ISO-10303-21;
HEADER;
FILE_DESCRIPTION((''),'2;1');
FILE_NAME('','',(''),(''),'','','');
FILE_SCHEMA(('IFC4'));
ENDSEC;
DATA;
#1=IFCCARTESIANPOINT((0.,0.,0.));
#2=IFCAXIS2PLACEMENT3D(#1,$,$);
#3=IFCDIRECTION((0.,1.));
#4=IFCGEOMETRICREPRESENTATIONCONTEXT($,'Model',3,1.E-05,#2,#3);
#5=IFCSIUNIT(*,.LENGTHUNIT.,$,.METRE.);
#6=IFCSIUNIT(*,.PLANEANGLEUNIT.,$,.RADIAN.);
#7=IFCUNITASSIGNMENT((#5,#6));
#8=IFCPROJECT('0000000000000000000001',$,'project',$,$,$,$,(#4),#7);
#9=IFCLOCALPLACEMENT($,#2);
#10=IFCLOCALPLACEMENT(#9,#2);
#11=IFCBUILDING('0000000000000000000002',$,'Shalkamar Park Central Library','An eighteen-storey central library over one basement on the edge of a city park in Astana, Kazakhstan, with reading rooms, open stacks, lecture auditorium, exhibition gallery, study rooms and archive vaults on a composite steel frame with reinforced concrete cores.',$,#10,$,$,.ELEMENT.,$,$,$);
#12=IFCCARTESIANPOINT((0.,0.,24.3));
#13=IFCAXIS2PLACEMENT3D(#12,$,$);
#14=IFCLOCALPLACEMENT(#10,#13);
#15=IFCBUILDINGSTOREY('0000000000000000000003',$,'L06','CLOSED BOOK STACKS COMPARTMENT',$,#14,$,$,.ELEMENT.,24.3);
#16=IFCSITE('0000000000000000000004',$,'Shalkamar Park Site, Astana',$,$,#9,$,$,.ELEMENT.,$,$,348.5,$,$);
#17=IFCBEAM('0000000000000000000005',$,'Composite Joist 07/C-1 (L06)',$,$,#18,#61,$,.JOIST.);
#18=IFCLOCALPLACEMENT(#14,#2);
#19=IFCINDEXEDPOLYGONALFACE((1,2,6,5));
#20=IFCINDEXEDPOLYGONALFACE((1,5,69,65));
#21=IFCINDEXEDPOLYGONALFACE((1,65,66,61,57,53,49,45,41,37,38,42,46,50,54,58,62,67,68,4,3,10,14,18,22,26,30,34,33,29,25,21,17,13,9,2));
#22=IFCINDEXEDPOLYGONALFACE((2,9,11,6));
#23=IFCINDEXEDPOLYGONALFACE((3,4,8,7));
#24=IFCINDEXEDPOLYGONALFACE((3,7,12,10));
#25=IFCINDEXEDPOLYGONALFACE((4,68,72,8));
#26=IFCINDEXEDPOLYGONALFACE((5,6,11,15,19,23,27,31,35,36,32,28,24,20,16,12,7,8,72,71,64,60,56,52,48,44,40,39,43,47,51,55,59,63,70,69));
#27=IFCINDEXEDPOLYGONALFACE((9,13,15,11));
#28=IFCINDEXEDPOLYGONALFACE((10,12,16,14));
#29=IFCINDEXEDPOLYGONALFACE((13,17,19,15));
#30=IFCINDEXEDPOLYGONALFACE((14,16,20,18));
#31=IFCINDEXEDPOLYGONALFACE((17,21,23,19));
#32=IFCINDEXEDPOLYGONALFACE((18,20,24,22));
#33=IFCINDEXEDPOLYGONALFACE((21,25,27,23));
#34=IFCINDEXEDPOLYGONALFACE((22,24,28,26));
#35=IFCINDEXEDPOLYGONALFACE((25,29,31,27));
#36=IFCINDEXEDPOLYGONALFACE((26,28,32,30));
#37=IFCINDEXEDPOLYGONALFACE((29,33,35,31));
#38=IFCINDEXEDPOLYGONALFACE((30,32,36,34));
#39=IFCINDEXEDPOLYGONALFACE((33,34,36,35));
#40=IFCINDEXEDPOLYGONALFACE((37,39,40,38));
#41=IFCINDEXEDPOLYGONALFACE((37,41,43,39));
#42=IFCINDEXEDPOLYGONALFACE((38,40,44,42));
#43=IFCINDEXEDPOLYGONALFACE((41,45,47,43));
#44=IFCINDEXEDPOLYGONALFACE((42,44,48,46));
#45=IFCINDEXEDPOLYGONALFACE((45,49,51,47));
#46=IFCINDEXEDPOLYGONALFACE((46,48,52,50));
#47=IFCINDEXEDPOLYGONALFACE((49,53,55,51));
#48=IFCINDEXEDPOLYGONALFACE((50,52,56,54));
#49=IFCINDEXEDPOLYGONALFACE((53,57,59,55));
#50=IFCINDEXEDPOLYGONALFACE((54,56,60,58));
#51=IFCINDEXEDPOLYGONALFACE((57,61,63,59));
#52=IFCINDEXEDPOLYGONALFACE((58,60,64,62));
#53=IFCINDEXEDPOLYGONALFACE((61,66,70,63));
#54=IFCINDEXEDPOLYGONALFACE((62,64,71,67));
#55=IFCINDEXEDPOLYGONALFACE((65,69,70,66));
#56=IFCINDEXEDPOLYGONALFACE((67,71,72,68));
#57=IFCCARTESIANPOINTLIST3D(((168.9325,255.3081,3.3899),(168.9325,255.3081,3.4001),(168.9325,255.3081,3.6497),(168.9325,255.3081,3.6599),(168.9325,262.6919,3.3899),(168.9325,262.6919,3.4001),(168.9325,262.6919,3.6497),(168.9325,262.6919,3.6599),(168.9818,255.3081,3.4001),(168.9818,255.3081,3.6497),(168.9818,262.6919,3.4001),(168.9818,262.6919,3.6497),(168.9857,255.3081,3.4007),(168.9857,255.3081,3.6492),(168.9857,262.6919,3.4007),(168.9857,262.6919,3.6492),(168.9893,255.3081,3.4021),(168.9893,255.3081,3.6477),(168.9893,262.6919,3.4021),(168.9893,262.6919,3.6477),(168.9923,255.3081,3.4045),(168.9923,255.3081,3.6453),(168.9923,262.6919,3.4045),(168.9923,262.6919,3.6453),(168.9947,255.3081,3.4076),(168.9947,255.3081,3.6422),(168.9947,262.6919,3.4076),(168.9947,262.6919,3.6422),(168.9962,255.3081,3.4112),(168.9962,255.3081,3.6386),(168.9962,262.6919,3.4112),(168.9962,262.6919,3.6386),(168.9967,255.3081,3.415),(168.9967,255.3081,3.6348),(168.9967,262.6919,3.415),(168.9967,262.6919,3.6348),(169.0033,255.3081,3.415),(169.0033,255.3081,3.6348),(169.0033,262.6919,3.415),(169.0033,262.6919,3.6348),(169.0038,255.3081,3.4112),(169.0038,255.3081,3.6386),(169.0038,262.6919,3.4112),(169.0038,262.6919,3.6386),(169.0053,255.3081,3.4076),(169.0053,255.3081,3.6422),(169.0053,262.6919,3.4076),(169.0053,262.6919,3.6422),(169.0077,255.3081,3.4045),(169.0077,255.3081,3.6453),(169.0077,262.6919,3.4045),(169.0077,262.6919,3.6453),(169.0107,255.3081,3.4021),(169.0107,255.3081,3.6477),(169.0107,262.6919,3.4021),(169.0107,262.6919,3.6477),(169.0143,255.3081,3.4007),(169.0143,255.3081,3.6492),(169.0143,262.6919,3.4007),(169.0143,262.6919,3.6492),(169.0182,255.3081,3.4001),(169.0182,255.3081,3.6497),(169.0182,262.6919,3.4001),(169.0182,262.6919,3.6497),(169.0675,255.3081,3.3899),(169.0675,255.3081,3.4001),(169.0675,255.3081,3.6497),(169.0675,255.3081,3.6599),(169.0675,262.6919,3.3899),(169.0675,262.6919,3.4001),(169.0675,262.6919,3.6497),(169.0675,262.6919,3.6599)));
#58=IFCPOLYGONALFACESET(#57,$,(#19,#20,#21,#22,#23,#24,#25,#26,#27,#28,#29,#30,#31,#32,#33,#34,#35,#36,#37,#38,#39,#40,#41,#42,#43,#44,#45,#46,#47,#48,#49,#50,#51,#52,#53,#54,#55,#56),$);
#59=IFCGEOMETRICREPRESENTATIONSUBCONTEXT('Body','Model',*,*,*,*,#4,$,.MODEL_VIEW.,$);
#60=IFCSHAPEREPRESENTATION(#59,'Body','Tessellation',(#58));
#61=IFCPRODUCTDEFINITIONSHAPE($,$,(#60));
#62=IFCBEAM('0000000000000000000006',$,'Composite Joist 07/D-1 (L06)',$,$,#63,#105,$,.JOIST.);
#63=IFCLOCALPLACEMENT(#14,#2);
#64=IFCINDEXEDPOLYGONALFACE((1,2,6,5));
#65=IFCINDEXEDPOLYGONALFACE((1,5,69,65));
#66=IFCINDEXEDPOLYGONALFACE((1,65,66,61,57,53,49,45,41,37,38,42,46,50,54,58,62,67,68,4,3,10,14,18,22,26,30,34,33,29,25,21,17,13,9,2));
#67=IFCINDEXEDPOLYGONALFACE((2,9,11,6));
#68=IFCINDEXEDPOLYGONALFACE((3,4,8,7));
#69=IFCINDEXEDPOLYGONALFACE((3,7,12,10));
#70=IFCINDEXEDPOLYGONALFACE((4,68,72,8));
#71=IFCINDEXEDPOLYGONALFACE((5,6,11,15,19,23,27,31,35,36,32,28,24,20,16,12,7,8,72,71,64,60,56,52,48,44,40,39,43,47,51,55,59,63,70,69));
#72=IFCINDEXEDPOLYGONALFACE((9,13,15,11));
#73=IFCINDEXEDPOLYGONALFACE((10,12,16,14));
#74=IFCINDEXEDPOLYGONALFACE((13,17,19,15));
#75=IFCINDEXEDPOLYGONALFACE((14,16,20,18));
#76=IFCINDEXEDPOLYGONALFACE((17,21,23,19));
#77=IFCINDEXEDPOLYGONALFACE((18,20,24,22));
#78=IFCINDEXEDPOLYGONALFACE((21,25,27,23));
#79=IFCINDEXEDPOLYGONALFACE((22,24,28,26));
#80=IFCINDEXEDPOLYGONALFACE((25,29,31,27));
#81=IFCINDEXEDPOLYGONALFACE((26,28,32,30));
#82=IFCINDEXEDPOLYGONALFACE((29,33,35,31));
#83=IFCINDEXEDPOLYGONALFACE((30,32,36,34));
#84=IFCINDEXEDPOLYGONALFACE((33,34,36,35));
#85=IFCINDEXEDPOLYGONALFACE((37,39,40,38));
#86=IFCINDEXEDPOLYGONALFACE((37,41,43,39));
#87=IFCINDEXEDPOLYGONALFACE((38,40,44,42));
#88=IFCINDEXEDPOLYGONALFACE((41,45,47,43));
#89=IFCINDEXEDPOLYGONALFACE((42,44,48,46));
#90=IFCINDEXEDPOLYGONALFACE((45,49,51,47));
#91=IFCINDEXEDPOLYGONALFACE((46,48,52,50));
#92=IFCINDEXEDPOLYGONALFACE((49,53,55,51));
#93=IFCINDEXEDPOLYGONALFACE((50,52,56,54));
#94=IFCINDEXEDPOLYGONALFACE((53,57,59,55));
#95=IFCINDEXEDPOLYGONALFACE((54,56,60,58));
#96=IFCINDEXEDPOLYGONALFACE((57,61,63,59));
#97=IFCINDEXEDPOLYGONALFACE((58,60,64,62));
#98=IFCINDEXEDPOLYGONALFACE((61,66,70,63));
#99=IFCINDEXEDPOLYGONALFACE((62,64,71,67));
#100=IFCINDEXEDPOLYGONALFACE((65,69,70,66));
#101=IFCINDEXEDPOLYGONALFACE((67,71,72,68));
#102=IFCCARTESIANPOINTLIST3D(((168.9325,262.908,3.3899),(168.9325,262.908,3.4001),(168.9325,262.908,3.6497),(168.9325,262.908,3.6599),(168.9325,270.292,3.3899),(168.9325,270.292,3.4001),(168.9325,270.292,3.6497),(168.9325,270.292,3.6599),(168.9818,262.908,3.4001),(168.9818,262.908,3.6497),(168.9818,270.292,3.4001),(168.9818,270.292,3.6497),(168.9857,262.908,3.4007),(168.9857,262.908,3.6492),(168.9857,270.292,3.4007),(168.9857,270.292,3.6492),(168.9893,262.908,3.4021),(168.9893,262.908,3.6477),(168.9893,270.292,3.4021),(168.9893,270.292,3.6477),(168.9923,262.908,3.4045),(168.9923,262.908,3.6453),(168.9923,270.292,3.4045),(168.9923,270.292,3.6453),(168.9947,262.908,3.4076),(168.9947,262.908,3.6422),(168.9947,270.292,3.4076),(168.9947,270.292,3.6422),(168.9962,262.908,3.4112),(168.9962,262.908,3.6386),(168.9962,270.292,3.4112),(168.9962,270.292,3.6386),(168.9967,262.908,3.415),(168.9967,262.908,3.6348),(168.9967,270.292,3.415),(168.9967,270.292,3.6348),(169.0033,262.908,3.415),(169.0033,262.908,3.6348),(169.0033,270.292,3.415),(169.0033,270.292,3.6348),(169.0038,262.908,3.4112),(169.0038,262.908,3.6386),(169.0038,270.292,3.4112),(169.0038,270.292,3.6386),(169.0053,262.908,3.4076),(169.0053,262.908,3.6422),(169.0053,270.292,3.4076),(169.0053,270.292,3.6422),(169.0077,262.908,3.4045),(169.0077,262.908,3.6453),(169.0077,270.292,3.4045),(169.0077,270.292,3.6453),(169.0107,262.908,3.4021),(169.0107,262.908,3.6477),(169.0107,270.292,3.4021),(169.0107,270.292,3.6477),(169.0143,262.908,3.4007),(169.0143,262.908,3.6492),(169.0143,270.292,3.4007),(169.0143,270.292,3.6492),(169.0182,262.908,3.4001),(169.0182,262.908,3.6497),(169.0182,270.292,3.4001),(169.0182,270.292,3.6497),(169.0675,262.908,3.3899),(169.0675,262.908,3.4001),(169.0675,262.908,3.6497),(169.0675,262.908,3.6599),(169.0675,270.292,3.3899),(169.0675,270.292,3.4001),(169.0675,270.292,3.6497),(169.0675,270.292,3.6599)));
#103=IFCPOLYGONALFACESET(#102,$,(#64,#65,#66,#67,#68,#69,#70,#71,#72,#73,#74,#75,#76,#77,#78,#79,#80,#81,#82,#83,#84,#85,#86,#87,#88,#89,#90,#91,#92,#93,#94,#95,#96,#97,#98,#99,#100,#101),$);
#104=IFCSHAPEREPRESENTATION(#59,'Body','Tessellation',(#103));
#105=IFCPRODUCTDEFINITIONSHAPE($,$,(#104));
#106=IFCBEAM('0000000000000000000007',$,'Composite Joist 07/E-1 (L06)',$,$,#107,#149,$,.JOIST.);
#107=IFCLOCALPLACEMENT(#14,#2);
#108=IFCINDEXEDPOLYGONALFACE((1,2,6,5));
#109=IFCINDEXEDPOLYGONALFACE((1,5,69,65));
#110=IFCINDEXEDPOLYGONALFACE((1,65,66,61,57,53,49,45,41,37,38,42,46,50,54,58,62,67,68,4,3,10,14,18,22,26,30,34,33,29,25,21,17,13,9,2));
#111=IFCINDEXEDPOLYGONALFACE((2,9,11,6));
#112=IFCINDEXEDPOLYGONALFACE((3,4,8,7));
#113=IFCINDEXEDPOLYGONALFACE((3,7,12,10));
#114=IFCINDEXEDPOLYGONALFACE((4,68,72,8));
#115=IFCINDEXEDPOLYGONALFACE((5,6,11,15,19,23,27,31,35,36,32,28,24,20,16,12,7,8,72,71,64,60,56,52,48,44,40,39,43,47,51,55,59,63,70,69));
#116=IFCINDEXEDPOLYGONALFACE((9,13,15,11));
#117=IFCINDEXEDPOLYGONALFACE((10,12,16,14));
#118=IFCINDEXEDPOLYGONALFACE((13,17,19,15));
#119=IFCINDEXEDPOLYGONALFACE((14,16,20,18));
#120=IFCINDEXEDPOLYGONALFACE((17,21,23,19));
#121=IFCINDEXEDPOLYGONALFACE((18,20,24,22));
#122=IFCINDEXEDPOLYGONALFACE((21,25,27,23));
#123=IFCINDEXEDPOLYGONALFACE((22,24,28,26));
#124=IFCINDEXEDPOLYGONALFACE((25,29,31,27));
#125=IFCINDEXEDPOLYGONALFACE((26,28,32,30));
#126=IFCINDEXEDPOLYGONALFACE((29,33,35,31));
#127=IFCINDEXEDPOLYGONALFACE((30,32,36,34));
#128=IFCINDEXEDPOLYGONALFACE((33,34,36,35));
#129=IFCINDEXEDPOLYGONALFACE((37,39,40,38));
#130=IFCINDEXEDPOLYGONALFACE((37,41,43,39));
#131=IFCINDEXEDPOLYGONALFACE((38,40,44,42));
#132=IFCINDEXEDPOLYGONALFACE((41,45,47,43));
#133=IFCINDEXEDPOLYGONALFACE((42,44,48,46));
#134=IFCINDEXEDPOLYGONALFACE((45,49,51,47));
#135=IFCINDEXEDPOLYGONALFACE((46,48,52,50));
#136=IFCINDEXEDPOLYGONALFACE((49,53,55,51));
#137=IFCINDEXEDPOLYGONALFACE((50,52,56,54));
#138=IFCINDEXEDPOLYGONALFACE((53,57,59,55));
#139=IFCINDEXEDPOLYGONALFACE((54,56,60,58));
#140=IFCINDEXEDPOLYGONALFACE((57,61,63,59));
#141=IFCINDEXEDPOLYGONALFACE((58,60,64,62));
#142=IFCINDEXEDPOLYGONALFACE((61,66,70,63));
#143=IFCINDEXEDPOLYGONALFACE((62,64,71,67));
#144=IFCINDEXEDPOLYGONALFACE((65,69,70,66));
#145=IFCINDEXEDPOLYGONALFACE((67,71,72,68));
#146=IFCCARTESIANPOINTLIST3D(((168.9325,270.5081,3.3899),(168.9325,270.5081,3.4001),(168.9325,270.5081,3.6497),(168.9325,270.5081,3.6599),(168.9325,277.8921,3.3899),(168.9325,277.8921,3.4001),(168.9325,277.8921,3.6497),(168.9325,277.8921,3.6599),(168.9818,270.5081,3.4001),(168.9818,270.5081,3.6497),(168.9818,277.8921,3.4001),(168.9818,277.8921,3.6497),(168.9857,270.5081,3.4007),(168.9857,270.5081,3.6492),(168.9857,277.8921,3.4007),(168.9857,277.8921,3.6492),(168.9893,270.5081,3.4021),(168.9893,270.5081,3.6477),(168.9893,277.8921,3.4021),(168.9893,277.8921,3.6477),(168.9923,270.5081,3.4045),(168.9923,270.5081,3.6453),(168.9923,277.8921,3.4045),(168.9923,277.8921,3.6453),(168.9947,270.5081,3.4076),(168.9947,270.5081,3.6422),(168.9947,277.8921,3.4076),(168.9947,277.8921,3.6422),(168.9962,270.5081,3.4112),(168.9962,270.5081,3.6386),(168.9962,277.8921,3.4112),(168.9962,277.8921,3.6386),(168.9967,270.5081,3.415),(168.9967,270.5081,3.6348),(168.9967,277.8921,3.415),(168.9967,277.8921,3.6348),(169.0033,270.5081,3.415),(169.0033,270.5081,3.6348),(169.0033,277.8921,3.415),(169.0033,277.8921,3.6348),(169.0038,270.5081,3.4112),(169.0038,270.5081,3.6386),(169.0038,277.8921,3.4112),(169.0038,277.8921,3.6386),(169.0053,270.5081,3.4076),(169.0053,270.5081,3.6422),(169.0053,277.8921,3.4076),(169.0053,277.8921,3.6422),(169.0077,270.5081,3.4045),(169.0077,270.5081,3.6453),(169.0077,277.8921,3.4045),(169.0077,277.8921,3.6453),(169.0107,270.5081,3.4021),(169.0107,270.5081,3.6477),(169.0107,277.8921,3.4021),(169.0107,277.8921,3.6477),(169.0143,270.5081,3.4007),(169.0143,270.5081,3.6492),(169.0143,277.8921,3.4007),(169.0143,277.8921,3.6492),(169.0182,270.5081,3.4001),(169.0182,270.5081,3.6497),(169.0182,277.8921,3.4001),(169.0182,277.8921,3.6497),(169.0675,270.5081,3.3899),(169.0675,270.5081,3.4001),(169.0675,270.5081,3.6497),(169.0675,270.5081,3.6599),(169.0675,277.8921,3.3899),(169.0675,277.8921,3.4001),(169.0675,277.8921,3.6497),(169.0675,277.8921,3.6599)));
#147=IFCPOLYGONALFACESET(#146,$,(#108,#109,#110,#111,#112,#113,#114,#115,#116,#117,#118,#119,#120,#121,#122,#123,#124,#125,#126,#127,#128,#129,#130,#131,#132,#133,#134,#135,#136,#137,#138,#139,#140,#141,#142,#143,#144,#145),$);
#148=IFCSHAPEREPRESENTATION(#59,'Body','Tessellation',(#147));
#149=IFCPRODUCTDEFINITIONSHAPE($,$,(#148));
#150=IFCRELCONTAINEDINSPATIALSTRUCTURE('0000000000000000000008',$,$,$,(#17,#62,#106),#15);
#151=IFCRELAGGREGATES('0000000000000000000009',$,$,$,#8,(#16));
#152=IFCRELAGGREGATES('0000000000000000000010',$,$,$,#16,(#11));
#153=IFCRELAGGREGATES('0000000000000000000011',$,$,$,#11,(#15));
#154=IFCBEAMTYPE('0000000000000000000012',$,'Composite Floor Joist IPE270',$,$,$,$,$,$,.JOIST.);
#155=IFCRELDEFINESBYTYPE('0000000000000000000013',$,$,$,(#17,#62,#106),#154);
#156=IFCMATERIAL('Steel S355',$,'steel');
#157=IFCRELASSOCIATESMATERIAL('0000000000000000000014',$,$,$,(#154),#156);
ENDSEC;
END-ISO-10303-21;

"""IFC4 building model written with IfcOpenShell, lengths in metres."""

from ifc_helpers import new_model, si_unit, direction, frame, origin, origin_2d, place, context, subcontext, project, spatial, i_section, extrude, material, material_profile, profile_set, type_object, element, save


model = new_model("IFC4")

# Units and contexts
model_context = context("Model", 3, precision=1e-05, world=origin(), true_north=direction((0.0, 1.0)))
body_context = subcontext(model_context, "Body", "Model", "MODEL_VIEW")
ifc_project = project(units=[si_unit("LENGTHUNIT", "METRE"), si_unit("PLANEANGLEUNIT", "RADIAN")], contexts=[model_context])

# Site, building, storey
site_placement = place(None, origin())
site = spatial("IfcSite", under=ifc_project, at=site_placement, Name="Shalkamar Park Site, Astana", CompositionType="ELEMENT", RefElevation=348.5)
building_placement = place(site_placement, origin())
building = spatial("IfcBuilding", under=site, at=building_placement, Name="Shalkamar Park Central Library", Description="An eighteen-storey central library over one basement on the edge of a city park in Astana, Kazakhstan, with reading rooms, open stacks, lecture auditorium, exhibition gallery, study rooms and archive vaults on a composite steel frame with reinforced concrete cores.", CompositionType="ELEMENT")
storey_placement = place(building_placement, frame((0.0, 0.0, 24.3)))
storey = spatial("IfcBuildingStorey", under=building, at=storey_placement, Name="L06", Description="CLOSED BOOK STACKS COMPARTMENT", CompositionType="ELEMENT", Elevation=24.3)

# Shared definitions
ifc_material_1 = material(Name="Steel S355", Category="steel")

# Beams
ifc_material_profile_1 = material_profile(ifc_material_1, i_section(OverallWidth=0.135, OverallDepth=0.27, WebThickness=0.0066, FlangeThickness=0.0103, FilletRadius=0.0149, at=origin_2d()), Name="IPE 270")
ifc_profile_set_1 = profile_set([ifc_material_profile_1], Name="Steel S355")
beam_type_1 = type_object("IfcBeamType", Name="Composite Floor Joist IPE270", PredefinedType="JOIST", material=ifc_profile_set_1)
beam_1_placement = place(storey_placement, frame((169.0, 255.3081, 3.5249), z_axis=(0.0, 1.0, 0.0), x_axis=(-1.0, 0.0, 0.0)))
element("IfcBeam", 1, at=beam_1_placement, inside=storey, type_object=beam_type_1, Name="Composite Joist 07/C-1 (L06)", PredefinedType="JOIST", context=body_context, shape_type="SweptSolid", body=[
    extrude(i_section(OverallWidth=0.135, OverallDepth=0.27, WebThickness=0.0066, FlangeThickness=0.0103, FilletRadius=0.0149, at=origin_2d()), origin(), (0.0, 0.0, 1.0), 7.3838),
])
for number, where, z_axis, x_axis, name in (
    (2, (169.0, 262.908, 3.5249), (0.0, 1.0, 0.0), (-1.0, 0.0, 0.0), "Composite Joist 07/D-1 (L06)"),
    (3, (169.0, 270.5081, 3.5249), (0.0, 1.0, 0.0), (-1.0, 0.0, 0.0), "Composite Joist 07/E-1 (L06)"),
):
    element("IfcBeam", number, at=place(storey_placement, frame(where, z_axis=z_axis, x_axis=x_axis)), inside=storey, type_object=beam_type_1, Name=name, PredefinedType="JOIST", context=body_context, shape_type="SweptSolid", body=[
        extrude(i_section(OverallWidth=0.135, OverallDepth=0.27, WebThickness=0.0066, FlangeThickness=0.0103, FilletRadius=0.0149, at=origin_2d()), origin(), (0.0, 0.0, 1.0), 7.384),
    ])

save(model, "model.ifc")
